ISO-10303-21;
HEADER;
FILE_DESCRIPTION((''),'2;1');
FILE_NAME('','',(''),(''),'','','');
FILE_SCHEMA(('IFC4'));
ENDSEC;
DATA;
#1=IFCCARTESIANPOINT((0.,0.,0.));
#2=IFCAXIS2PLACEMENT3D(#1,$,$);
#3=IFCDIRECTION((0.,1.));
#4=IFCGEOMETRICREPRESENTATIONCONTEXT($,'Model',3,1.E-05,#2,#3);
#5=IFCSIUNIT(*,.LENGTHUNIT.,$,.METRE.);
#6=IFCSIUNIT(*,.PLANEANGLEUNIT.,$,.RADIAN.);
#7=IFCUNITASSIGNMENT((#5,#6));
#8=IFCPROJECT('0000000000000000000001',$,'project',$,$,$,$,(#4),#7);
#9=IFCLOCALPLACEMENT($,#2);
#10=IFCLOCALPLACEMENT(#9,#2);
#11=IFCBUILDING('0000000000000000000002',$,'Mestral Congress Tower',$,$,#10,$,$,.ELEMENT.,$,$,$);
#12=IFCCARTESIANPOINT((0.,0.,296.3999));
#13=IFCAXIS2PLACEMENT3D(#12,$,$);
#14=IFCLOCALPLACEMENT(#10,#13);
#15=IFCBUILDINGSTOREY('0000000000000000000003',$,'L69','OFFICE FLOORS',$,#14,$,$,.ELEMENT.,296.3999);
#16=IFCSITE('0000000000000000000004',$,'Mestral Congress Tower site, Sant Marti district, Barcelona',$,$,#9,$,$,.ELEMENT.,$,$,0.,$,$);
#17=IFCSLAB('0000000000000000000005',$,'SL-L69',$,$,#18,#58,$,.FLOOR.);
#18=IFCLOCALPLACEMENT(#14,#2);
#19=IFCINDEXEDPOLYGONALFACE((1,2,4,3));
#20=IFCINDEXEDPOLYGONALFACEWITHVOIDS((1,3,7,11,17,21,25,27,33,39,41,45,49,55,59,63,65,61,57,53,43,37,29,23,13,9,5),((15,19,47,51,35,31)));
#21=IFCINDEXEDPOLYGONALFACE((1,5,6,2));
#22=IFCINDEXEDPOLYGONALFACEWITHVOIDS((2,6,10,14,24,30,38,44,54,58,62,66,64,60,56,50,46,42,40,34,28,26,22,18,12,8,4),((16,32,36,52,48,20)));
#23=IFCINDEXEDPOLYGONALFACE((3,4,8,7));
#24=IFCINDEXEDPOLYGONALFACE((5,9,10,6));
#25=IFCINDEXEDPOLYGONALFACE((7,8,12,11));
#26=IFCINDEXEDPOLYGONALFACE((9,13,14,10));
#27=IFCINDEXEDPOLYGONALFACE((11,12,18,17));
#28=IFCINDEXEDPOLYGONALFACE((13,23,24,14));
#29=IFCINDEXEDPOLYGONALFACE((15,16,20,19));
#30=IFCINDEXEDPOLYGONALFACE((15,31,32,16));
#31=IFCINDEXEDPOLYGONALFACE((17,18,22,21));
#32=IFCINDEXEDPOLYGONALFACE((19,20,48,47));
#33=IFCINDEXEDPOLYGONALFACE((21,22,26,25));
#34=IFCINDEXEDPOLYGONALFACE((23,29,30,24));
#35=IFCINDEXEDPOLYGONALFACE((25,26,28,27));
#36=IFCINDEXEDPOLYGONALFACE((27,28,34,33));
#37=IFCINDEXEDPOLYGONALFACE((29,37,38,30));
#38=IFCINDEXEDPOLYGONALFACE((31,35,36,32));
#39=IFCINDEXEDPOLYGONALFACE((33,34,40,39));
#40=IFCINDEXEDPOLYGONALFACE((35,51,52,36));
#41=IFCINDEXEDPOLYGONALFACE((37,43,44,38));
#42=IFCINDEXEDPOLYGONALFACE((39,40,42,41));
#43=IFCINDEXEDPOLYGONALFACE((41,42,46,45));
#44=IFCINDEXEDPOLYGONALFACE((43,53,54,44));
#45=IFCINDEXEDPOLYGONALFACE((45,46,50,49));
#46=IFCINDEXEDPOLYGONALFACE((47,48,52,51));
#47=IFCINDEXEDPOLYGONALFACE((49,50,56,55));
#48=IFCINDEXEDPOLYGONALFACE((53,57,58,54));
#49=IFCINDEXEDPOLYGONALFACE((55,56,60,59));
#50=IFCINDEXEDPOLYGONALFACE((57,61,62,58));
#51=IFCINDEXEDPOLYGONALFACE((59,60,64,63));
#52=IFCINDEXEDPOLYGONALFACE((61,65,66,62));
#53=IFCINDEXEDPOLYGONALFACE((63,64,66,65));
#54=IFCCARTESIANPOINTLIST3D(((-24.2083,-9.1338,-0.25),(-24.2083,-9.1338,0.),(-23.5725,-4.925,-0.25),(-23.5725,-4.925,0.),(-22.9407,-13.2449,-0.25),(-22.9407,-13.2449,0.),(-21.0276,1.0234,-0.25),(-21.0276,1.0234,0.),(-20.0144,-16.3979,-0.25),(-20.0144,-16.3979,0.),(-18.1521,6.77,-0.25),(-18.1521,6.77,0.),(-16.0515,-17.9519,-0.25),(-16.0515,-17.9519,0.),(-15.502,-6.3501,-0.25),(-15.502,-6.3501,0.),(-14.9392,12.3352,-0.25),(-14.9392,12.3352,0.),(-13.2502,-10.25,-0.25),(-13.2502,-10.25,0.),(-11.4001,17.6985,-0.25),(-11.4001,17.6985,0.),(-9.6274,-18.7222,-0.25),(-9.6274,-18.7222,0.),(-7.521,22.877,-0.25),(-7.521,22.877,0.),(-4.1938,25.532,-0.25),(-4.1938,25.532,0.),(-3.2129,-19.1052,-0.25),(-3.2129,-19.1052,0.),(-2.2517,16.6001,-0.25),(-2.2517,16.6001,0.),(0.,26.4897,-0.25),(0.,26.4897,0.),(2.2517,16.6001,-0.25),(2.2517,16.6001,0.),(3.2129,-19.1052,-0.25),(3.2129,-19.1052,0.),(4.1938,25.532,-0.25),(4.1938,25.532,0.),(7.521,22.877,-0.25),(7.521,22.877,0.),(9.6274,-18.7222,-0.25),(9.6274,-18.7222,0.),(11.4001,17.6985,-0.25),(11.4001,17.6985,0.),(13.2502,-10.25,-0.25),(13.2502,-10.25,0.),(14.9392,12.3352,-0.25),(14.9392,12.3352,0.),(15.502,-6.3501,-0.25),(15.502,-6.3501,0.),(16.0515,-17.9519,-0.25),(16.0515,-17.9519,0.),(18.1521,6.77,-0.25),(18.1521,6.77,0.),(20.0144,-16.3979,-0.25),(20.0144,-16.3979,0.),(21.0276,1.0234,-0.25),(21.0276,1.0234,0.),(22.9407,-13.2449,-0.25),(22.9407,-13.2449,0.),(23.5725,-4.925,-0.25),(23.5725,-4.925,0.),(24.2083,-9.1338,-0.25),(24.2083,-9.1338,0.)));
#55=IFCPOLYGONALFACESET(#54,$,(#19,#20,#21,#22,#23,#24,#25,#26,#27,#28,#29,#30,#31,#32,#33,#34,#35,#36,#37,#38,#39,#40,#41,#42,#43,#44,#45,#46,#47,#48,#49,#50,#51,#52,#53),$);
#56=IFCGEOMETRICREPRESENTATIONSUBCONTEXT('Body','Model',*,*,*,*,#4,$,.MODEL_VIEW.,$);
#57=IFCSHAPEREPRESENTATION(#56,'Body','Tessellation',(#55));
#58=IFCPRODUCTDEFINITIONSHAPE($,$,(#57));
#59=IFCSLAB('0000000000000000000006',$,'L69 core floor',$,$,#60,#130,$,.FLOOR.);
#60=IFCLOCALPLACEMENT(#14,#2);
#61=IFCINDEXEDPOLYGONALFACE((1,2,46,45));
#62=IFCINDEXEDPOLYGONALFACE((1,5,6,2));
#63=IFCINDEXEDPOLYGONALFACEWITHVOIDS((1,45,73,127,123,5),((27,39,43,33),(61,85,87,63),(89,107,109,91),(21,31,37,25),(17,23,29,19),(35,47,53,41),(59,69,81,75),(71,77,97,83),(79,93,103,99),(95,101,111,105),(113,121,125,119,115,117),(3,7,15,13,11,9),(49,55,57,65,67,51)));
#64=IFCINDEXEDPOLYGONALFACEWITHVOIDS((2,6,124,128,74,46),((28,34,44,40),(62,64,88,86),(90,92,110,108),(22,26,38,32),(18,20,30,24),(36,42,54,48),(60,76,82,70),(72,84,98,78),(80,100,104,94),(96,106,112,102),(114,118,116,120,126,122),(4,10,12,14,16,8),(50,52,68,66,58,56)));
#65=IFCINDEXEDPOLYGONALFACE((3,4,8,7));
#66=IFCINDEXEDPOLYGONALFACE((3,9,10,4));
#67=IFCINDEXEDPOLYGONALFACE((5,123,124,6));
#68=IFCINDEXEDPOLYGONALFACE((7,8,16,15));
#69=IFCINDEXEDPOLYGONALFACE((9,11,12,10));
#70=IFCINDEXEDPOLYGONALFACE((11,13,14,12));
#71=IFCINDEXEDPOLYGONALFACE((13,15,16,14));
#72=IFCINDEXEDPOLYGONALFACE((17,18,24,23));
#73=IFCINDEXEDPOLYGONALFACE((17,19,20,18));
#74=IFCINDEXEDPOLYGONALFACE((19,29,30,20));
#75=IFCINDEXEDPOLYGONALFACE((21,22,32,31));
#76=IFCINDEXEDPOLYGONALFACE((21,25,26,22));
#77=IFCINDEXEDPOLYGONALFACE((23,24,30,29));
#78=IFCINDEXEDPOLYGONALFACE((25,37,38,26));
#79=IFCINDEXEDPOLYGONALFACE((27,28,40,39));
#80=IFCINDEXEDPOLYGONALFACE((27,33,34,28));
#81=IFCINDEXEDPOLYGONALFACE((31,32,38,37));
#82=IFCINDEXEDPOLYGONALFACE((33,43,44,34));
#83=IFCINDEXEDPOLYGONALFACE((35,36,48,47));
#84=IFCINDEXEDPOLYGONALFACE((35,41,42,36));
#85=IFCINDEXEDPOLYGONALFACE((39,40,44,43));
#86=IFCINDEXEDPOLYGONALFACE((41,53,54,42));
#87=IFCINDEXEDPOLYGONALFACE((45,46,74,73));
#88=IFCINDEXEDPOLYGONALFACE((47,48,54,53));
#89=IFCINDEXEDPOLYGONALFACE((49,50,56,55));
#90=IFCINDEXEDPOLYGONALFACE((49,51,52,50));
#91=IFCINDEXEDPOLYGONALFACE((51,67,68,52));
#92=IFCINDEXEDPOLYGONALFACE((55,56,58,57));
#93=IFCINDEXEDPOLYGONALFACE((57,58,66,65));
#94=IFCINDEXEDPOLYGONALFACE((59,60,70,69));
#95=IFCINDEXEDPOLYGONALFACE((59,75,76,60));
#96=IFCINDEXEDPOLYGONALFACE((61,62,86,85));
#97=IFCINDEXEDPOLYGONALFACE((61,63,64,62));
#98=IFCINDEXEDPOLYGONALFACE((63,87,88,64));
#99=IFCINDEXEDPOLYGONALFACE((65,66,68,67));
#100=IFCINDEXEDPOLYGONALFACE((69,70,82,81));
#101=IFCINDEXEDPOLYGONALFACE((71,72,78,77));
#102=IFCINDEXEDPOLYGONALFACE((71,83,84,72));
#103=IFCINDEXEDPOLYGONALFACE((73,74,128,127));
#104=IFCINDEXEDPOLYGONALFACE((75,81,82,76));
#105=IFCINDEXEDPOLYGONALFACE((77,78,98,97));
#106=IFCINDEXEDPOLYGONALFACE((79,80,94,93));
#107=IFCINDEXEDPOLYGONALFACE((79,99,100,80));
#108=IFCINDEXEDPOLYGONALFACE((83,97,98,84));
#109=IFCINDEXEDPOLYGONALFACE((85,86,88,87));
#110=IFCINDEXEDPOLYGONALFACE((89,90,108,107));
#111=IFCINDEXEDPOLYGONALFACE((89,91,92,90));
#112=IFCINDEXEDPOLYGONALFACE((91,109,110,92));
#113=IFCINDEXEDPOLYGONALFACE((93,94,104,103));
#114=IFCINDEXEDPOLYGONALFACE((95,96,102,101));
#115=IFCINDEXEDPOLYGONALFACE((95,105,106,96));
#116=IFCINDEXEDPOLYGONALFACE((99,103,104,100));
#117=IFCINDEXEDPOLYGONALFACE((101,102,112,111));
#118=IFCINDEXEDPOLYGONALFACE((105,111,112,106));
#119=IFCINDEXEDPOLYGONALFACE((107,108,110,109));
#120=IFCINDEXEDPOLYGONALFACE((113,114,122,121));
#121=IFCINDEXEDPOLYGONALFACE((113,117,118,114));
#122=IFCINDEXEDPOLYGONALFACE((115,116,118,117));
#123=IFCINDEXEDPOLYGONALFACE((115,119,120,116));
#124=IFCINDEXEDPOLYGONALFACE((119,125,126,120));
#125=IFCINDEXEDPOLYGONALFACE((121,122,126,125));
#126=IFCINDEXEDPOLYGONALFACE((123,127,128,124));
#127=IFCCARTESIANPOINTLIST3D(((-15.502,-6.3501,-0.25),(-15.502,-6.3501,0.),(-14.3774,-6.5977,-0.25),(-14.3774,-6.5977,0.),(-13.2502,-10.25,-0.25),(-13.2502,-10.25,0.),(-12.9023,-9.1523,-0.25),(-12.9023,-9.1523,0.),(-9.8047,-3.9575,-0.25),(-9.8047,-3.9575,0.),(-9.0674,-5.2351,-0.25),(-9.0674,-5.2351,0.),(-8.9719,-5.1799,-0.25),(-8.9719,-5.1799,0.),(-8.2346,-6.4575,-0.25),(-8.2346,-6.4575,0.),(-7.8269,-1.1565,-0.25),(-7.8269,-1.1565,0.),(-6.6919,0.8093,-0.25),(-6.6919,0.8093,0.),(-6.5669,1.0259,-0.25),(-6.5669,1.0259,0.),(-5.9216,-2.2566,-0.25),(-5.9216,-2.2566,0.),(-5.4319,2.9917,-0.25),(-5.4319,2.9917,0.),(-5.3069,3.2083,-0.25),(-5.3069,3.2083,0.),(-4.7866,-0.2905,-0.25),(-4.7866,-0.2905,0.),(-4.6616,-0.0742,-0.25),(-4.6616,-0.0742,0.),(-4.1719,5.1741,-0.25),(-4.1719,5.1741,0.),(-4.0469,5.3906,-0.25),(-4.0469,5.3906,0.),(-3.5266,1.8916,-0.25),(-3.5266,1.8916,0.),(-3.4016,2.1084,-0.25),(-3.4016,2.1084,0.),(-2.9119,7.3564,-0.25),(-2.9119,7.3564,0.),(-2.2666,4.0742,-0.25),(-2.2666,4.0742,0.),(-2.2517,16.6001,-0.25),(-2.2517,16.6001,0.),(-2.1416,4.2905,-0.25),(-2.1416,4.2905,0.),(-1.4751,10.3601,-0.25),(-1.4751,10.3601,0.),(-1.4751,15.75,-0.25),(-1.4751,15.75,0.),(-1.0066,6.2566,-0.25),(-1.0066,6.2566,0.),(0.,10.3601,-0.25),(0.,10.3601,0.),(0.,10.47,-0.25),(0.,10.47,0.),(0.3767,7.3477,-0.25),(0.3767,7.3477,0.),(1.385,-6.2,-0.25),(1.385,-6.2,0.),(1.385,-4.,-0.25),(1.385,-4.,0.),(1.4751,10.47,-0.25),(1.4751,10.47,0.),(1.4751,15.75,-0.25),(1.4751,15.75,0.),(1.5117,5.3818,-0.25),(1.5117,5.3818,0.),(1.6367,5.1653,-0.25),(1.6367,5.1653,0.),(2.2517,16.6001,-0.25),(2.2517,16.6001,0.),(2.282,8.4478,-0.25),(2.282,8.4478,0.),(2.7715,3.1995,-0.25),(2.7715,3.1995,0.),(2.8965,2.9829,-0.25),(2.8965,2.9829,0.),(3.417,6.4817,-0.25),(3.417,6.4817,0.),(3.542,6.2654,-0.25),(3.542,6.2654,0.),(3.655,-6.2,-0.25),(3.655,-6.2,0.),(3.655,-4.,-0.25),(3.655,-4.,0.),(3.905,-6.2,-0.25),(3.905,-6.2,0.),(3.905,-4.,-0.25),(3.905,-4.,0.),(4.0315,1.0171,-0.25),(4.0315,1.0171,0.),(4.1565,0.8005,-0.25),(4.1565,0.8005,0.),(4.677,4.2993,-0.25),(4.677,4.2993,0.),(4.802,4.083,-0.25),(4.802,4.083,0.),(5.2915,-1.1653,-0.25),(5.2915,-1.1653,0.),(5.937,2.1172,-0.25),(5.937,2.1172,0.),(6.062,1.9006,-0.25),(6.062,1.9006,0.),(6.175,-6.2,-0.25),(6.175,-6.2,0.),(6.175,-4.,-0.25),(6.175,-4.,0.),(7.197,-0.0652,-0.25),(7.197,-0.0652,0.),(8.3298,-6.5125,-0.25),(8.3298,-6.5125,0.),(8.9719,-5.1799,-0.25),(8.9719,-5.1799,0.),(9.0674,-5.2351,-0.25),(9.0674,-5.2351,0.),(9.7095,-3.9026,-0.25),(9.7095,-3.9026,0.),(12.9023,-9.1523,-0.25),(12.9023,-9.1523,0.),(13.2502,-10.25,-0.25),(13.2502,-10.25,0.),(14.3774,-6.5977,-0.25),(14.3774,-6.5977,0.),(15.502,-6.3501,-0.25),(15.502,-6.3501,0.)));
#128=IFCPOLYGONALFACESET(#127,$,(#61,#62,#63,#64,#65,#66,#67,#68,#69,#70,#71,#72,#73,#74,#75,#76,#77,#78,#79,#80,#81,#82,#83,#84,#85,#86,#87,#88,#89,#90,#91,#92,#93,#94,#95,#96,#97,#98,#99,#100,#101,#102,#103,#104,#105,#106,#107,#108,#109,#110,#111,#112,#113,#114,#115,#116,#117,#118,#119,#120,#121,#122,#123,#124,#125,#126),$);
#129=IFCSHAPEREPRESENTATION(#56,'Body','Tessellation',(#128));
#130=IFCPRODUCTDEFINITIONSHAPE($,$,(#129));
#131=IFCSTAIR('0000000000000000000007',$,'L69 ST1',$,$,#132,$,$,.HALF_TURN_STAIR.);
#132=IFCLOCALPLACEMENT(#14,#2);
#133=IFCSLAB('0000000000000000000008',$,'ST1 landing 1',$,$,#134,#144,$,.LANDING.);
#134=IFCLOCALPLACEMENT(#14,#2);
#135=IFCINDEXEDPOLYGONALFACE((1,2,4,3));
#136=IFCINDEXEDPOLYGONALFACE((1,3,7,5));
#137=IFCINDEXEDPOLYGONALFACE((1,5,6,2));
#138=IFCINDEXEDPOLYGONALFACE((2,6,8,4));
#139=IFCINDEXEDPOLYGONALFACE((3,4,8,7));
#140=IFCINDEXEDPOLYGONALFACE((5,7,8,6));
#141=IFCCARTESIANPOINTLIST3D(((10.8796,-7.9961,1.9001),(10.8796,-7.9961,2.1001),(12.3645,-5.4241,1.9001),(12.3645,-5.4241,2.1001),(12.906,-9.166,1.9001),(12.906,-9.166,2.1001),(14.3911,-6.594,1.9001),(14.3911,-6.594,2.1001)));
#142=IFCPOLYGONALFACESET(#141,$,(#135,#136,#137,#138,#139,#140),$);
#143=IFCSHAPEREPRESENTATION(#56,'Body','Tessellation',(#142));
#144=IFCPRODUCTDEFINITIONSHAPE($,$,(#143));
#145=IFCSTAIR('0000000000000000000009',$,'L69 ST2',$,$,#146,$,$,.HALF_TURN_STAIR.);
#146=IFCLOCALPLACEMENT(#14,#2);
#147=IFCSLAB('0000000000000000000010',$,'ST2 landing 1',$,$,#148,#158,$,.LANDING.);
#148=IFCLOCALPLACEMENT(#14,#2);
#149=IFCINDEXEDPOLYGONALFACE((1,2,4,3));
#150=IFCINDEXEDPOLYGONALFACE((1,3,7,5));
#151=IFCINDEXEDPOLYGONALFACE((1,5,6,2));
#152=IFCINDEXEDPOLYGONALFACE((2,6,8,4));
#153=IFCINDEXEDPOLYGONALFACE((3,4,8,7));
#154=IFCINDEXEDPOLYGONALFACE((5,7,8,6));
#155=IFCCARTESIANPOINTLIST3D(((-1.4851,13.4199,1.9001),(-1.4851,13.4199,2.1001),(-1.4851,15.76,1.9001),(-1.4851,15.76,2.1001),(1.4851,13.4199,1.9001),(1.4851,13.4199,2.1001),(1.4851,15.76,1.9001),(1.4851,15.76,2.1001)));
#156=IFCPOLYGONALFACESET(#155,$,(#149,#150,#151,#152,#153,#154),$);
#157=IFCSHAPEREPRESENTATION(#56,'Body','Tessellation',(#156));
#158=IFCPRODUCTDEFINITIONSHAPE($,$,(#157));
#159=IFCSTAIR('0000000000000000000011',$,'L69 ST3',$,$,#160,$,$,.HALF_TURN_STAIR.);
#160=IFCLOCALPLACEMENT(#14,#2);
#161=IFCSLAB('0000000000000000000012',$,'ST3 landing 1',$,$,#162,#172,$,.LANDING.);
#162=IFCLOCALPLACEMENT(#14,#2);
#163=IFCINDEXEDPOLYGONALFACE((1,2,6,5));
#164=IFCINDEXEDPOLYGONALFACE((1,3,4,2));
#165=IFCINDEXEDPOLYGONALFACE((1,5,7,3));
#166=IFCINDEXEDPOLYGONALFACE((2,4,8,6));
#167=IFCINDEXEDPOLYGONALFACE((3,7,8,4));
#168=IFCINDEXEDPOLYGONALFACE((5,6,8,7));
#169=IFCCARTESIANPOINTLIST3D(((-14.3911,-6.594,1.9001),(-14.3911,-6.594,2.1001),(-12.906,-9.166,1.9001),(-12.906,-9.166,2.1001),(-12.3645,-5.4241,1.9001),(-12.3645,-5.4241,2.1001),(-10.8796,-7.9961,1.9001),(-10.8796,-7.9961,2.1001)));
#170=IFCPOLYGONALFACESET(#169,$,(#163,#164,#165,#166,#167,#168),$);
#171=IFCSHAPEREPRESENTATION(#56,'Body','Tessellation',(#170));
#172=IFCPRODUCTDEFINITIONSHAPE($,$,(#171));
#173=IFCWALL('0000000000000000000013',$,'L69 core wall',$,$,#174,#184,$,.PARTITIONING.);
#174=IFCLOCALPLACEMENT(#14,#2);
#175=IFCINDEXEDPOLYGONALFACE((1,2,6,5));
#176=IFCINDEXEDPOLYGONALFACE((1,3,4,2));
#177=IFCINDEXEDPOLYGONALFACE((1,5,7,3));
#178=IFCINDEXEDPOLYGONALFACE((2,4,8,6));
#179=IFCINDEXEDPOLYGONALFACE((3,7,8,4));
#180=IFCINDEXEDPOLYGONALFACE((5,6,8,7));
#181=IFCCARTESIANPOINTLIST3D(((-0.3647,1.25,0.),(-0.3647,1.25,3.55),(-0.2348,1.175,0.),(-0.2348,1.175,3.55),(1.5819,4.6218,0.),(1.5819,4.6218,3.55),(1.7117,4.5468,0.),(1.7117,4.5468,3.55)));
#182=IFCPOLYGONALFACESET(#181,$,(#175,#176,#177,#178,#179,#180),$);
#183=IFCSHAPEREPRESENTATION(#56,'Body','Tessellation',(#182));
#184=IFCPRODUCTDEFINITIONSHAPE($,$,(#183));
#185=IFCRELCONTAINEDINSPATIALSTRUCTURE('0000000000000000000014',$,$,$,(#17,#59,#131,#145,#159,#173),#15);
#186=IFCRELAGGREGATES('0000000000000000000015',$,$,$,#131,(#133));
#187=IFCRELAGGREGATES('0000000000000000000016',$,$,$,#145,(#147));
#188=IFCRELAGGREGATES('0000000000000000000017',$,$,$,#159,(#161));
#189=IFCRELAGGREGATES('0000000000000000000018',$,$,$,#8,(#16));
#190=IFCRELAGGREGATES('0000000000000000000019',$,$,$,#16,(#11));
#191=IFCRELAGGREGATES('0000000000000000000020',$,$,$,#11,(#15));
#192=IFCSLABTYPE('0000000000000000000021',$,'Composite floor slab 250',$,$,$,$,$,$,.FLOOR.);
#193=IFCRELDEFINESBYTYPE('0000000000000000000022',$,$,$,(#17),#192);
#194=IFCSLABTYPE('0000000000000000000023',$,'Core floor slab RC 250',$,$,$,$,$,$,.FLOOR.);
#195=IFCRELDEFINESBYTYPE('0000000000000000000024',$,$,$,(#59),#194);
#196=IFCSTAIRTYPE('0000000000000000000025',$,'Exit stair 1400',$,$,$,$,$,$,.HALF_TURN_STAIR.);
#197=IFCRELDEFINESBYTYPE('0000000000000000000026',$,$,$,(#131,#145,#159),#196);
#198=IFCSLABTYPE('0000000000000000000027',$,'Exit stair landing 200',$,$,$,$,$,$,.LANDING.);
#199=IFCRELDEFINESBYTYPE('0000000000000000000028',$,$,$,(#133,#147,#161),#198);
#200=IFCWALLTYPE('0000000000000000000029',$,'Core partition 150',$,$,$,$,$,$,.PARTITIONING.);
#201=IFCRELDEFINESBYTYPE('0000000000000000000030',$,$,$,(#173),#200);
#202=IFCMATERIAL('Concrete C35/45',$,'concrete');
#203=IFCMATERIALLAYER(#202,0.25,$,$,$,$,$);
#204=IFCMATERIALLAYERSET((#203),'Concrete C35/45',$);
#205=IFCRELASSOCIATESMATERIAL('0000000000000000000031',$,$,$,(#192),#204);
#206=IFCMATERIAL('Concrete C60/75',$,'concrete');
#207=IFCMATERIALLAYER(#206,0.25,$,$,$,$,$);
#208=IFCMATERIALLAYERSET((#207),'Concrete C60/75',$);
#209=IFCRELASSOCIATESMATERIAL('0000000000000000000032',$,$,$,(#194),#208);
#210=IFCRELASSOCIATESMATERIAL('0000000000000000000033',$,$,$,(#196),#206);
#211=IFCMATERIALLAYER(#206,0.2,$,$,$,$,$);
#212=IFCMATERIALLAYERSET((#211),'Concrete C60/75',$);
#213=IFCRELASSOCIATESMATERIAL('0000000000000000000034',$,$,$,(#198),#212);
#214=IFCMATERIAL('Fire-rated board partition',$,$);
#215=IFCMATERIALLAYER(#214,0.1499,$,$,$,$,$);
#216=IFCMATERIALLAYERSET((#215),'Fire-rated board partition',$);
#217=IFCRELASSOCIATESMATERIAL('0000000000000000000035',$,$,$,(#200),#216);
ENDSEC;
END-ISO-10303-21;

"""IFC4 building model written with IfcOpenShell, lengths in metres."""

from ifc_helpers import new_model, si_unit, direction, frame, frame_2d, origin, place, context, subcontext, project, spatial, polyline, rectangle, outline, extrude, material, layer, layer_set, type_object, element, aggregate, save


model = new_model("IFC4")

# Units and contexts
model_context = context("Model", 3, precision=1e-05, world=origin(), true_north=direction((0.0, 1.0)))
body_context = subcontext(model_context, "Body", "Model", "MODEL_VIEW")
ifc_project = project(units=[si_unit("LENGTHUNIT", "METRE"), si_unit("PLANEANGLEUNIT", "RADIAN")], contexts=[model_context])

# Site, building, storey
site_placement = place(None, origin())
site = spatial("IfcSite", under=ifc_project, at=site_placement, Name="Mestral Congress Tower site, Sant Marti district, Barcelona", CompositionType="ELEMENT", RefElevation=0.0)
building_placement = place(site_placement, origin())
building = spatial("IfcBuilding", under=site, at=building_placement, Name="Mestral Congress Tower", CompositionType="ELEMENT")
storey_placement = place(building_placement, frame((0.0, 0.0, 296.3999)))
storey = spatial("IfcBuildingStorey", under=building, at=storey_placement, Name="L69", Description="OFFICE FLOORS", CompositionType="ELEMENT", Elevation=296.3999)

# Slabs
ifc_material_1 = material(Name="Concrete C35/45", Category="concrete")
ifc_layer_1 = layer(ifc_material_1, 0.25)
ifc_layer_set_1 = layer_set([ifc_layer_1], Name="Concrete C35/45")
slab_type_1 = type_object("IfcSlabType", Name="Composite floor slab 250", PredefinedType="FLOOR", material=ifc_layer_set_1)
placement_1 = place(storey_placement, frame((0.0, 0.0, -0.25)))
element("IfcSlab", 1, at=placement_1, inside=storey, type_object=slab_type_1, Name="SL-L69", PredefinedType="FLOOR", context=body_context, shape_type="SweptSolid", body=[
    extrude(outline(polyline([(-16.0515, -17.9519), (-20.0144, -16.3979), (-22.9407, -13.2449), (-24.2083, -9.1338), (-23.5725, -4.925), (-21.0276, 1.0234), (-18.1521, 6.77), (-14.9392, 12.3352), (-11.4001, 17.6985), (-7.521, 22.877), (-4.1938, 25.532), (0.0, 26.4897), (4.1938, 25.532), (7.521, 22.877), (11.4001, 17.6985), (14.9392, 12.3352), (18.1521, 6.77), (21.0276, 1.0234), (23.5725, -4.925), (24.2083, -9.1338), (22.9407, -13.2449), (20.0144, -16.3979), (16.0515, -17.9519), (9.6274, -18.7222), (3.2129, -19.1052), (-3.2129, -19.1052), (-9.6274, -18.7222), (-16.0515, -17.9519)]), holes=[polyline([(-2.2517, 16.6001), (-15.502, -6.3501), (-13.2502, -10.25), (13.2502, -10.25), (15.502, -6.3501), (2.2517, 16.6001), (-2.2517, 16.6001)])]), origin(), (0.0, 0.0, 1.0), 0.25),
])
ifc_material_2 = material(Name="Concrete C60/75", Category="concrete")
ifc_layer_2 = layer(ifc_material_2, 0.25)
ifc_layer_set_2 = layer_set([ifc_layer_2], Name="Concrete C60/75")
slab_type_2 = type_object("IfcSlabType", Name="Core floor slab RC 250", PredefinedType="FLOOR", material=ifc_layer_set_2)
element("IfcSlab", 2, at=placement_1, inside=storey, type_object=slab_type_2, Name="L69 core floor", PredefinedType="FLOOR", context=body_context, shape_type="SweptSolid", body=[
    extrude(outline(polyline([(13.2502, -10.25), (-13.2502, -10.25), (-15.502, -6.3501), (-2.2517, 16.6001), (2.2517, 16.6001), (15.502, -6.3501), (13.2502, -10.25)]), holes=[polyline([(-14.3774, -6.5977), (-12.9023, -9.1523), (-8.2346, -6.4575), (-8.9719, -5.1799), (-9.0674, -5.2351), (-9.8047, -3.9575), (-14.3774, -6.5977)]), polyline([(-5.9216, -2.2566), (-4.7866, -0.2905), (-6.6919, 0.8093), (-7.8269, -1.1565), (-5.9216, -2.2566)]), polyline([(-4.6616, -0.0742), (-3.5266, 1.8916), (-5.4319, 2.9917), (-6.5669, 1.0259), (-4.6616, -0.0742)]), polyline([(-2.2666, 4.0742), (-4.1719, 5.1741), (-5.3069, 3.2083), (-3.4016, 2.1084), (-2.2666, 4.0742)]), polyline([(-2.1416, 4.2905), (-1.0066, 6.2566), (-2.9119, 7.3564), (-4.0469, 5.3906), (-2.1416, 4.2905)]), polyline([(0.3767, 7.3477), (1.5117, 5.3818), (3.417, 6.4817), (2.282, 8.4478), (0.3767, 7.3477)]), polyline([(1.4751, 15.75), (-1.4751, 15.75), (-1.4751, 10.3601), (0.0, 10.3601), (0.0, 10.47), (1.4751, 10.47), (1.4751, 15.75)]), polyline([(8.3298, -6.5125), (12.9023, -9.1523), (14.3774, -6.5977), (9.7095, -3.9026), (8.9719, -5.1799), (9.0674, -5.2351), (8.3298, -6.5125)]), polyline([(3.655, -4.0), (1.385, -4.0), (1.385, -6.2), (3.655, -6.2), (3.655, -4.0)]), polyline([(6.175, -4.0), (3.905, -4.0), (3.905, -6.2), (6.175, -6.2), (6.175, -4.0)]), polyline([(4.1565, 0.8005), (5.2915, -1.1653), (7.197, -0.0652), (6.062, 1.9006), (4.1565, 0.8005)]), polyline([(2.8965, 2.9829), (4.0315, 1.0171), (5.937, 2.1172), (4.802, 4.083), (2.8965, 2.9829)]), polyline([(1.6367, 5.1653), (2.7715, 3.1995), (4.677, 4.2993), (3.542, 6.2654), (1.6367, 5.1653)])]), origin(), (0.0, 0.0, 1.0), 0.25),
])

# Stairs, slabs
stair_type = type_object("IfcStairType", Name="Exit stair 1400", PredefinedType="HALF_TURN_STAIR", material=ifc_material_2)
placement_2 = place(storey_placement, origin())
stair_1 = element("IfcStair", 3, at=placement_2, inside=storey, type_object=stair_type, Name="L69 ST1", PredefinedType="HALF_TURN_STAIR")
ifc_layer_3 = layer(ifc_material_2, 0.2)
ifc_layer_set_3 = layer_set([ifc_layer_3], Name="Concrete C60/75")
slab_type_3 = type_object("IfcSlabType", Name="Exit stair landing 200", PredefinedType="LANDING", material=ifc_layer_set_3)
placement_3 = place(storey_placement, frame((0.0, 0.0, 1.9001)))
slab_1 = element("IfcSlab", 4, at=placement_3, type_object=slab_type_3, Name="ST1 landing 1", PredefinedType="LANDING", context=body_context, shape_type="SweptSolid", body=[
    extrude(outline(polyline([(10.8796, -7.9961), (12.3645, -5.4241), (14.3911, -6.594), (12.906, -9.166), (10.8796, -7.9961)])), origin(), (0.0, 0.0, 1.0), 0.2),
])
aggregate(stair_1, [slab_1])
stair_2 = element("IfcStair", 5, at=placement_2, inside=storey, type_object=stair_type, Name="L69 ST2", PredefinedType="HALF_TURN_STAIR")
slab_2 = element("IfcSlab", 6, at=placement_3, type_object=slab_type_3, Name="ST2 landing 1", PredefinedType="LANDING", context=body_context, shape_type="SweptSolid", body=[
    extrude(outline(polyline([(1.4851, 13.4199), (-1.4851, 13.4199), (-1.4851, 15.76), (1.4851, 15.76), (1.4851, 13.4199)])), origin(), (0.0, 0.0, 1.0), 0.2),
])
aggregate(stair_2, [slab_2])
stair_3 = element("IfcStair", 7, at=placement_2, inside=storey, type_object=stair_type, Name="L69 ST3", PredefinedType="HALF_TURN_STAIR")
slab_3 = element("IfcSlab", 8, at=placement_3, type_object=slab_type_3, Name="ST3 landing 1", PredefinedType="LANDING", context=body_context, shape_type="SweptSolid", body=[
    extrude(outline(polyline([(-12.3645, -5.4241), (-10.8796, -7.9961), (-12.906, -9.166), (-14.3911, -6.594), (-12.3645, -5.4241)])), origin(), (0.0, 0.0, 1.0), 0.2),
])
aggregate(stair_3, [slab_3])

# Wall
ifc_material_3 = material(Name="Fire-rated board partition")
ifc_layer_4 = layer(ifc_material_3, 0.1499)
ifc_layer_set_4 = layer_set([ifc_layer_4], Name="Fire-rated board partition")
wall_type_1 = type_object("IfcWallType", Name="Core partition 150", PredefinedType="PARTITIONING", material=ifc_layer_set_4)
wall_1_placement = place(storey_placement, frame((-0.2998, 1.2124, 0.0), z_axis=(0.0, 0.0, 1.0), x_axis=(0.499963, 0.866047, 0.0)))
element("IfcWall", 9, at=wall_1_placement, inside=storey, type_object=wall_type_1, Name="L69 core wall", PredefinedType="PARTITIONING", context=body_context, shape_type="SweptSolid", body=[
    extrude(rectangle(XDim=3.8933, YDim=0.1499, at=frame_2d((1.9468, 0.0))), origin(), (0.0, 0.0, 1.0), 3.55),
])

save(model, "model.ifc")
